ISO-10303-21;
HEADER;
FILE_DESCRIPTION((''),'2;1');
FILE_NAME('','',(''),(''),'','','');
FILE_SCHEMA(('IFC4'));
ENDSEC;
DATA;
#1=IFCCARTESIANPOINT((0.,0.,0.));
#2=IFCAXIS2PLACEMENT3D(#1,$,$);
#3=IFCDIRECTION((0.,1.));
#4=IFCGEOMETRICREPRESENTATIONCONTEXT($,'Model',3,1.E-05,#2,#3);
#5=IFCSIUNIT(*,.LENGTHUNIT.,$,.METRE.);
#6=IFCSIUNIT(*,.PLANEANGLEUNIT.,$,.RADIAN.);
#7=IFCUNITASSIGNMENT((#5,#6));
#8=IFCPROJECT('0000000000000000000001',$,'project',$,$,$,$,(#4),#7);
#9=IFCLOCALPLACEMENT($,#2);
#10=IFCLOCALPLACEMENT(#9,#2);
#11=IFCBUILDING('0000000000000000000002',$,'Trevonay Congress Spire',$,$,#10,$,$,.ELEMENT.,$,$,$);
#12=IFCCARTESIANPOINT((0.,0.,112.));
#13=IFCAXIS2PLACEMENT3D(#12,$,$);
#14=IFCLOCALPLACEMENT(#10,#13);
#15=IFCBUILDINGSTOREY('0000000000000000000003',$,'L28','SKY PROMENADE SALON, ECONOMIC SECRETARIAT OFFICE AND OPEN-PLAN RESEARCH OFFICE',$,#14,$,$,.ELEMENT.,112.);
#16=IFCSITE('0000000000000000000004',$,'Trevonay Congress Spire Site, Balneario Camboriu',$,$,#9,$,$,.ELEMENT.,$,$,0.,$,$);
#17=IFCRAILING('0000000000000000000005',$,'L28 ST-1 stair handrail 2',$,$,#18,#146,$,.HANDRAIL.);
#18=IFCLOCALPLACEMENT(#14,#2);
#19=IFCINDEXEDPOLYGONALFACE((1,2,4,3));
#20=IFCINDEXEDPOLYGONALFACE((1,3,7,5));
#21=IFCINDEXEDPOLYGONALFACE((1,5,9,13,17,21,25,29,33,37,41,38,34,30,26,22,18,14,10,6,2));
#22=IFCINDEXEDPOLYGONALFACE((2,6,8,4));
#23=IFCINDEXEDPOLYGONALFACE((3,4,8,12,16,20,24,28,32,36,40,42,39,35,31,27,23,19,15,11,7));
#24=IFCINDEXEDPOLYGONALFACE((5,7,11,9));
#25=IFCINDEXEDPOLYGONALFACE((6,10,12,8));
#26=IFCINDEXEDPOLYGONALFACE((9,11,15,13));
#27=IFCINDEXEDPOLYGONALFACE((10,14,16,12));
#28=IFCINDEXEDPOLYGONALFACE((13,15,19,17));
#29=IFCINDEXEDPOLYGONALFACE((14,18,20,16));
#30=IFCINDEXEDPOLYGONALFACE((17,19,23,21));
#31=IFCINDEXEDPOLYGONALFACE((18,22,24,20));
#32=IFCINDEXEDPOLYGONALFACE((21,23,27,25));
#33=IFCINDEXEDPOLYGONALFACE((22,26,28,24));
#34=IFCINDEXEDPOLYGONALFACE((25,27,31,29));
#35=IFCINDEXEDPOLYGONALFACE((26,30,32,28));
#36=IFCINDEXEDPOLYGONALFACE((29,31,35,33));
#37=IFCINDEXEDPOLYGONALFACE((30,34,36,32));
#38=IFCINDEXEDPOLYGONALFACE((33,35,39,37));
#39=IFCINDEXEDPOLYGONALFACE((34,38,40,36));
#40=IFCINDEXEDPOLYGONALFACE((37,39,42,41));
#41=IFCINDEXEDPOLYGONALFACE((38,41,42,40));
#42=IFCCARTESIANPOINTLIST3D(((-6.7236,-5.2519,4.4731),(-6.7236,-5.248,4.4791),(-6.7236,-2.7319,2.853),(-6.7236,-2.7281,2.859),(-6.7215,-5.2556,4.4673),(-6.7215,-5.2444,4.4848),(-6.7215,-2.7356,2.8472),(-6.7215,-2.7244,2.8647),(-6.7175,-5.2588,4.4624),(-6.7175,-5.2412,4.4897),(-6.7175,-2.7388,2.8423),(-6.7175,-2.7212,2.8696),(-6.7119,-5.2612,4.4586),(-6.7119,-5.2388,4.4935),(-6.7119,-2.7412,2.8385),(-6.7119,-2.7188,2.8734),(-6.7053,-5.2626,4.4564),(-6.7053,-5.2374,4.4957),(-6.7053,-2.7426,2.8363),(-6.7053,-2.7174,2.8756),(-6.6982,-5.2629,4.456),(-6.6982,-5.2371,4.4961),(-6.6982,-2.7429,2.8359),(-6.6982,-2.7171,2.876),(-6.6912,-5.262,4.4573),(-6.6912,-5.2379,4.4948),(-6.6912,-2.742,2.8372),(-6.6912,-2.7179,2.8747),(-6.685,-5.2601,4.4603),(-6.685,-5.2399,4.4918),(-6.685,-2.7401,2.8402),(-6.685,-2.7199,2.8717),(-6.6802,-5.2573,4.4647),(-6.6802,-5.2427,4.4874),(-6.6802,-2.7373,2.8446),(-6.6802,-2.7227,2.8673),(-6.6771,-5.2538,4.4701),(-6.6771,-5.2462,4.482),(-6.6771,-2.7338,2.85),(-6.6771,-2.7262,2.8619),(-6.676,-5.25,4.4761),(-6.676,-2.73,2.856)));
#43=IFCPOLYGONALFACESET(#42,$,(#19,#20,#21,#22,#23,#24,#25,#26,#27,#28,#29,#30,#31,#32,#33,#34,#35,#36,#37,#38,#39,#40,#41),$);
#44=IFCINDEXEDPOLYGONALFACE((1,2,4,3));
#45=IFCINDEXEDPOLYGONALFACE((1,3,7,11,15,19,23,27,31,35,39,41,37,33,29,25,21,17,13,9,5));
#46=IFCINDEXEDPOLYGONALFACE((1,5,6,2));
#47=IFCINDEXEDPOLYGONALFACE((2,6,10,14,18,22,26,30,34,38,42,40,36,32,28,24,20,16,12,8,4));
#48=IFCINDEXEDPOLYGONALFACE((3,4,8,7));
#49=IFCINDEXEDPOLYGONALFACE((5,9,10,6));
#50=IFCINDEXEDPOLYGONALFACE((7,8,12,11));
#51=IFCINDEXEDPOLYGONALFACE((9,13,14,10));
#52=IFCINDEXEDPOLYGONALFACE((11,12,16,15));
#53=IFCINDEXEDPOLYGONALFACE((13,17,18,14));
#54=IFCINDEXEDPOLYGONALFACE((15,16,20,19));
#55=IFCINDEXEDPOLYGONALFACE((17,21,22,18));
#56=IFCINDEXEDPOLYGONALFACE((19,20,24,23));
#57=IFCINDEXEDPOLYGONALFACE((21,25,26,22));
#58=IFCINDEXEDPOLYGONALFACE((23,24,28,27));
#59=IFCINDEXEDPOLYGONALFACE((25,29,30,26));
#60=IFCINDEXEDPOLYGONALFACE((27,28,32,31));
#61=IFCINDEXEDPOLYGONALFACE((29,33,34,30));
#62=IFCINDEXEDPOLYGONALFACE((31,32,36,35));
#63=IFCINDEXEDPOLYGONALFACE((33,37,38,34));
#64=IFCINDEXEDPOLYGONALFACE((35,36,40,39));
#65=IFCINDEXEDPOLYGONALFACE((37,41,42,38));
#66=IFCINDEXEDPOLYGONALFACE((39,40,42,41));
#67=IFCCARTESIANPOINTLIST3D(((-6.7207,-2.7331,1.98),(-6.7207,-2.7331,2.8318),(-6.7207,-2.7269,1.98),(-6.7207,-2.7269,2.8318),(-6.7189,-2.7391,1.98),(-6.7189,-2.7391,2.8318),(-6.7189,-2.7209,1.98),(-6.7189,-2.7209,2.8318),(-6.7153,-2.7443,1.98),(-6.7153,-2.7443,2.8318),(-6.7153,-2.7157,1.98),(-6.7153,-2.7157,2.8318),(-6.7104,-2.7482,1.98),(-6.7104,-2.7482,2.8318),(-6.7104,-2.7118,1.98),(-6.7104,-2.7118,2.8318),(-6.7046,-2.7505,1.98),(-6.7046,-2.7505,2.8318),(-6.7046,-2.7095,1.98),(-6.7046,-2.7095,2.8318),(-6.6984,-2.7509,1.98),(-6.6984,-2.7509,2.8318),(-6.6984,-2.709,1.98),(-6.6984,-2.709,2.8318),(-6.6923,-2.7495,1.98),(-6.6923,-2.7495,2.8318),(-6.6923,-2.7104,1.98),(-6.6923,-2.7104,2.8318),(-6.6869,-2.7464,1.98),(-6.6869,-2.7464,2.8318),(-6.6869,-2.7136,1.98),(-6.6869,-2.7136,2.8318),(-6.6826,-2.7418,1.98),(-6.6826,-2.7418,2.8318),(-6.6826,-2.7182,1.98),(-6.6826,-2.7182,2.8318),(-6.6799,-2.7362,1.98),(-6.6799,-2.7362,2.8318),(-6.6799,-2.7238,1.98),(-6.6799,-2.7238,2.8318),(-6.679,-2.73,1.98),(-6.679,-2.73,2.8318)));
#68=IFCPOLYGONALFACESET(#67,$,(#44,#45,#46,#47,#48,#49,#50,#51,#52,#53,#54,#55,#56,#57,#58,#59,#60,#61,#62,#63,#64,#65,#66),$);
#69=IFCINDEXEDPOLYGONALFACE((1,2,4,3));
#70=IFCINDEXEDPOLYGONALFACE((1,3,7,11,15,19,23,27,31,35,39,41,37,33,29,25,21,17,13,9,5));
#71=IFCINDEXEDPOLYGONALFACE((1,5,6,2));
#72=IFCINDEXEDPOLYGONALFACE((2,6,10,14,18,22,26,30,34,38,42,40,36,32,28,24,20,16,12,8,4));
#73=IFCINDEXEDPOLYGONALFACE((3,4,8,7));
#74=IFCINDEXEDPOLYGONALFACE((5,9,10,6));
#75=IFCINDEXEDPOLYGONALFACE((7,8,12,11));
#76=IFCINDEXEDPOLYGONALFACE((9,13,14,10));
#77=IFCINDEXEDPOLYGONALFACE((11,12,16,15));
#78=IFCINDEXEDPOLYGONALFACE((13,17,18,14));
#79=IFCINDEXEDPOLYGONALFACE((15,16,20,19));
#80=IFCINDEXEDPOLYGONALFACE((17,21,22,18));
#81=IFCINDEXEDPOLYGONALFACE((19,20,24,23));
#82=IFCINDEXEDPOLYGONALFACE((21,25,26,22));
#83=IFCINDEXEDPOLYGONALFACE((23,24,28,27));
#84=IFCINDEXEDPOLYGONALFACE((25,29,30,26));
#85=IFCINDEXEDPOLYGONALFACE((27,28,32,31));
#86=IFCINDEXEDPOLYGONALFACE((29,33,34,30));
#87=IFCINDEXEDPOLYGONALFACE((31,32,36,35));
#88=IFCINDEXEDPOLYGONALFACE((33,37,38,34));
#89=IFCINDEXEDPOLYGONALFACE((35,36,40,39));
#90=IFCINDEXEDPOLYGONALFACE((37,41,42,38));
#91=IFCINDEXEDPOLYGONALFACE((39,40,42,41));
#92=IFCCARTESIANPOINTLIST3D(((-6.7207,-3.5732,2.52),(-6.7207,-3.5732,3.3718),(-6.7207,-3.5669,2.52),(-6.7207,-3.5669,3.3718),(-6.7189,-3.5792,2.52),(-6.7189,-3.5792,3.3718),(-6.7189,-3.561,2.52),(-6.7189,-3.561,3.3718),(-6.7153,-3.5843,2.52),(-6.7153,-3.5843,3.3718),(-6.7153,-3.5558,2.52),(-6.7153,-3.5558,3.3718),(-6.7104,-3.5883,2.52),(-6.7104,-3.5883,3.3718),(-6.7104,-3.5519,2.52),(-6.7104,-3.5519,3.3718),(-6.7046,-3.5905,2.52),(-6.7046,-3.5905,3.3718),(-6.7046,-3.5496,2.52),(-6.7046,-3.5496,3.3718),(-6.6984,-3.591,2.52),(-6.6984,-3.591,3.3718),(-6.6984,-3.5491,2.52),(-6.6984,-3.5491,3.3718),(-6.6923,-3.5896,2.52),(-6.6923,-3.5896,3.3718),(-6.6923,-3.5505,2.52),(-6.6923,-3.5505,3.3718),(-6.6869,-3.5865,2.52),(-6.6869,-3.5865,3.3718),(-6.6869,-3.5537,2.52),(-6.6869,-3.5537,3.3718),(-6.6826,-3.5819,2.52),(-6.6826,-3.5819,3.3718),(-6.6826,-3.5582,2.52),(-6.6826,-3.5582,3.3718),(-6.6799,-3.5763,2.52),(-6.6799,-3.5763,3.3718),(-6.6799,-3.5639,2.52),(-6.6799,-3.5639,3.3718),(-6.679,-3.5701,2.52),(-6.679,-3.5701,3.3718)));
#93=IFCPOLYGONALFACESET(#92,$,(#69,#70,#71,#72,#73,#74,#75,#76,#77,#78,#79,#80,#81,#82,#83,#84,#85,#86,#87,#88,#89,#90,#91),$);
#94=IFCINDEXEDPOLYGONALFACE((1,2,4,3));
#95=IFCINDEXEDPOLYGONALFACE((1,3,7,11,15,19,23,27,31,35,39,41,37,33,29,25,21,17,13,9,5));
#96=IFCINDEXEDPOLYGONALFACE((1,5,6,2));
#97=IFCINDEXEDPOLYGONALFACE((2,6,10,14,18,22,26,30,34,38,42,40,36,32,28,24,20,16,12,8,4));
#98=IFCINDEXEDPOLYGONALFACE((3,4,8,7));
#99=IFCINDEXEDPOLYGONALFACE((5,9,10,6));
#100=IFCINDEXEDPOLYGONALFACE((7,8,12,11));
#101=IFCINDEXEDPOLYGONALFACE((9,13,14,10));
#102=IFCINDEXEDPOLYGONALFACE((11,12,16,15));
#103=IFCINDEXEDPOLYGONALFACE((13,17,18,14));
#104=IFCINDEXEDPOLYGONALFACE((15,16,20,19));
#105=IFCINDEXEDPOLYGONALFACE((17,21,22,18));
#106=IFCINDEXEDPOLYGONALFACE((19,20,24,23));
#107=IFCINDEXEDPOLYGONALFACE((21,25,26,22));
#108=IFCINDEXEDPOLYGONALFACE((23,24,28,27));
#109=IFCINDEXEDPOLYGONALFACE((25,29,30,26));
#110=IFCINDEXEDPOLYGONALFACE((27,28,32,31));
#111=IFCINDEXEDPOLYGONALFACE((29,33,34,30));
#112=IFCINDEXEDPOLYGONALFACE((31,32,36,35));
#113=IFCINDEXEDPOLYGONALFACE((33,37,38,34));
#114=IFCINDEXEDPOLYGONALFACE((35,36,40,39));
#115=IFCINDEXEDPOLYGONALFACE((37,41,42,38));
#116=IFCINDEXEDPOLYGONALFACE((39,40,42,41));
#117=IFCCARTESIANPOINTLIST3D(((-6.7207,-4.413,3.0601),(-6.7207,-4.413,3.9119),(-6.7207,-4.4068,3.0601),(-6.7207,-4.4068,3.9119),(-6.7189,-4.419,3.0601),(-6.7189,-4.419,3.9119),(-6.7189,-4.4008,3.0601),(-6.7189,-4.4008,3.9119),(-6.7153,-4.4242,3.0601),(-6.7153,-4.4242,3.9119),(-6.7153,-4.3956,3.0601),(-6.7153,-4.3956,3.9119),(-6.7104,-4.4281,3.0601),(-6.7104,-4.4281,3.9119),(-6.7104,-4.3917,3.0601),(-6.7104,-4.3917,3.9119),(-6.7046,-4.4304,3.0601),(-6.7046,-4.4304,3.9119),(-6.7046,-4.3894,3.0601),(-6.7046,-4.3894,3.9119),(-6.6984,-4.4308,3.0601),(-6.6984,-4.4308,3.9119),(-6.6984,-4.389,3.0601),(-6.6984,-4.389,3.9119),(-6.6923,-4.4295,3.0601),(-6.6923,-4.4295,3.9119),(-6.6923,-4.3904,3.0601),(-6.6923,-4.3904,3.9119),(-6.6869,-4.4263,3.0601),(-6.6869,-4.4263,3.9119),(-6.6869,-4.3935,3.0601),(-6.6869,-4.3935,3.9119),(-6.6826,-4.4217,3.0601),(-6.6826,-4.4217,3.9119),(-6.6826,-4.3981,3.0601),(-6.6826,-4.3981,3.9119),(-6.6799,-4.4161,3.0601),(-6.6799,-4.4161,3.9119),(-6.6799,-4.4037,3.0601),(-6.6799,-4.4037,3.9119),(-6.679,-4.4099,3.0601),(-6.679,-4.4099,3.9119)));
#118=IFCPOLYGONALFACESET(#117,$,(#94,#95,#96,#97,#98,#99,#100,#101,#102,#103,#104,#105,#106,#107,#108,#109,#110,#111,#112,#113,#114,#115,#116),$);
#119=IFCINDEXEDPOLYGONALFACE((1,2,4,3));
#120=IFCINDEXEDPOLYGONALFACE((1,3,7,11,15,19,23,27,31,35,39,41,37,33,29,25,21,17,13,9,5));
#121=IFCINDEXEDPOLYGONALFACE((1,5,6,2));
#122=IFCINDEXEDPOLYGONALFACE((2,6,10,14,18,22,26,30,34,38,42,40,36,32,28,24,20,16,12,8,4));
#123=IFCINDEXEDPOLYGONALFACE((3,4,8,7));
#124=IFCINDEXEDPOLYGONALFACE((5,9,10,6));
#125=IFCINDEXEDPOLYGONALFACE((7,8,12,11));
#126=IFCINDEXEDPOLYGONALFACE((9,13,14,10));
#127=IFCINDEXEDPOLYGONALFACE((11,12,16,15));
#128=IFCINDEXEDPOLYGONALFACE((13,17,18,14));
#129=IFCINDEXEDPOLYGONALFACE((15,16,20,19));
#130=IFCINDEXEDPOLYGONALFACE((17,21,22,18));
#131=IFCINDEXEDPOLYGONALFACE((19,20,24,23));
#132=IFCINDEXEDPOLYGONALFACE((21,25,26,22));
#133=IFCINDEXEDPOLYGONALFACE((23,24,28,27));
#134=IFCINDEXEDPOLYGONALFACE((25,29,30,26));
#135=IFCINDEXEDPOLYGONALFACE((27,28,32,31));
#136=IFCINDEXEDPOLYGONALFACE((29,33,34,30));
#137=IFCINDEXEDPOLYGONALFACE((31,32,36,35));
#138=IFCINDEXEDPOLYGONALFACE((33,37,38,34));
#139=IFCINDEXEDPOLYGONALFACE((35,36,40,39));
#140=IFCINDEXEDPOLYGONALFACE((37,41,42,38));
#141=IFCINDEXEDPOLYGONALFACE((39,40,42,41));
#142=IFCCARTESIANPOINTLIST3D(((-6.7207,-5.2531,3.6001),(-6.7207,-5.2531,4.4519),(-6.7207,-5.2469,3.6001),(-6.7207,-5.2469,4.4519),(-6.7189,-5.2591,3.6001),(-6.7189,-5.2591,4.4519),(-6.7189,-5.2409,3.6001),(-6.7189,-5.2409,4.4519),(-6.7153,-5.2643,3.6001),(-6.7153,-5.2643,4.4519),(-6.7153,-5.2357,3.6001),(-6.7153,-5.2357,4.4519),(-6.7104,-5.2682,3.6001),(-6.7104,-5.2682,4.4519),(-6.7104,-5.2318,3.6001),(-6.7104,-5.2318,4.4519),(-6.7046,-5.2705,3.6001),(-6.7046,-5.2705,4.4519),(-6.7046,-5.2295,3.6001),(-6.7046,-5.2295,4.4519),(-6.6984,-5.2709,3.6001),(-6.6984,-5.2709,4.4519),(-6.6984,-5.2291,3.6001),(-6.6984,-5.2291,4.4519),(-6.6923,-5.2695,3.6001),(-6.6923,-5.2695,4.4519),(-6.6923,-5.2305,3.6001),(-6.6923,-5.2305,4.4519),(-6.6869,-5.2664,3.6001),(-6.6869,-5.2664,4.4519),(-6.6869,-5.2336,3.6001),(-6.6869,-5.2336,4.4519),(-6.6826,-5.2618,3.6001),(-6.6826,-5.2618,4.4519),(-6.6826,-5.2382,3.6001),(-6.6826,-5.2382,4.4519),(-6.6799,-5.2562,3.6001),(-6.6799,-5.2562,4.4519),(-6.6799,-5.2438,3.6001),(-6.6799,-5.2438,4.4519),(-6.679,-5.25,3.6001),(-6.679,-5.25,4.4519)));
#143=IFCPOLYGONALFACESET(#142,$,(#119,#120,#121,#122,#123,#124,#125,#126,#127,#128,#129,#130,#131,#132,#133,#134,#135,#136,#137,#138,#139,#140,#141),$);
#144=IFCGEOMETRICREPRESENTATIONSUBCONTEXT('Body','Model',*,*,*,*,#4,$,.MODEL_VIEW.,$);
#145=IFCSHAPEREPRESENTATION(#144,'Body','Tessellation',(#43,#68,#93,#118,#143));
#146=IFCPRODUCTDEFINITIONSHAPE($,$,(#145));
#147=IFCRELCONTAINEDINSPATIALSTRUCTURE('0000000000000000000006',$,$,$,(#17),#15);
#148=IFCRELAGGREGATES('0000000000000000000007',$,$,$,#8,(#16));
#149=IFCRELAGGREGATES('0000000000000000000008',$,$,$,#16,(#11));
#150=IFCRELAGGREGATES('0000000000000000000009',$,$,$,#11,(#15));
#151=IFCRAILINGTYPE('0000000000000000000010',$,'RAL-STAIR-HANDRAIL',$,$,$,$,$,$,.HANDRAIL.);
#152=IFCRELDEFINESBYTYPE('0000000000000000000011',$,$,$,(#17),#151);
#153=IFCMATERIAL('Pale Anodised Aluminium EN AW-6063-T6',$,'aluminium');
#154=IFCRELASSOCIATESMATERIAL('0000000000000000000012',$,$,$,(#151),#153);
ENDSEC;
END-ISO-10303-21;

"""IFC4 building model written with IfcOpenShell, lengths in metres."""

from ifc_helpers import new_model, si_unit, direction, frame, origin, origin_2d, place, context, subcontext, project, spatial, circle, extrude, material, type_object, element, save


model = new_model("IFC4")

# Units and contexts
model_context = context("Model", 3, precision=1e-05, world=origin(), true_north=direction((0.0, 1.0)))
body_context = subcontext(model_context, "Body", "Model", "MODEL_VIEW")
ifc_project = project(units=[si_unit("LENGTHUNIT", "METRE"), si_unit("PLANEANGLEUNIT", "RADIAN")], contexts=[model_context])

# Site, building, storey
site_placement = place(None, origin())
site = spatial("IfcSite", under=ifc_project, at=site_placement, Name="Trevonay Congress Spire Site, Balneario Camboriu", CompositionType="ELEMENT", RefElevation=0.0)
building_placement = place(site_placement, origin())
building = spatial("IfcBuilding", under=site, at=building_placement, Name="Trevonay Congress Spire", CompositionType="ELEMENT")
storey_placement = place(building_placement, frame((0.0, 0.0, 112.0)))
storey = spatial("IfcBuildingStorey", under=building, at=storey_placement, Name="L28", Description="SKY PROMENADE SALON, ECONOMIC SECRETARIAT OFFICE AND OPEN-PLAN RESEARCH OFFICE", CompositionType="ELEMENT", Elevation=112.0)

# Shared definitions
ifc_material_1 = material(Name="Pale Anodised Aluminium EN AW-6063-T6", Category="aluminium")

# Railing
railing_type_1 = type_object("IfcRailingType", Name="RAL-STAIR-HANDRAIL", PredefinedType="HANDRAIL", material=ifc_material_1)
railing_1_placement = place(storey_placement, frame((-6.7, -2.73, 1.98)))
element("IfcRailing", 1, at=railing_1_placement, inside=storey, type_object=railing_type_1, Name="L28 ST-1 stair handrail 2", PredefinedType="HANDRAIL", context=body_context, shape_type="SweptSolid", body=[
    extrude(circle(Radius=0.0239, at=origin_2d()), frame((0.0, 0.0, 0.876), z_axis=(0.0, -0.841163, 0.540782), x_axis=(1.0, 0.0, 0.0)), (0.0, 0.0, 1.0), 2.9958),
    extrude(circle(Radius=0.021, at=origin_2d()), origin(), (0.0, 0.0, 1.0), 0.8518),
    extrude(circle(Radius=0.021, at=origin_2d()), frame((0.0, -0.8401, 0.54)), (0.0, 0.0, 1.0), 0.8518),
    extrude(circle(Radius=0.021, at=origin_2d()), frame((0.0, -1.6799, 1.0801)), (0.0, 0.0, 1.0), 0.8518),
    extrude(circle(Radius=0.021, at=origin_2d()), frame((0.0, -2.52, 1.6201)), (0.0, 0.0, 1.0), 0.8518),
])

save(model, "model.ifc")
